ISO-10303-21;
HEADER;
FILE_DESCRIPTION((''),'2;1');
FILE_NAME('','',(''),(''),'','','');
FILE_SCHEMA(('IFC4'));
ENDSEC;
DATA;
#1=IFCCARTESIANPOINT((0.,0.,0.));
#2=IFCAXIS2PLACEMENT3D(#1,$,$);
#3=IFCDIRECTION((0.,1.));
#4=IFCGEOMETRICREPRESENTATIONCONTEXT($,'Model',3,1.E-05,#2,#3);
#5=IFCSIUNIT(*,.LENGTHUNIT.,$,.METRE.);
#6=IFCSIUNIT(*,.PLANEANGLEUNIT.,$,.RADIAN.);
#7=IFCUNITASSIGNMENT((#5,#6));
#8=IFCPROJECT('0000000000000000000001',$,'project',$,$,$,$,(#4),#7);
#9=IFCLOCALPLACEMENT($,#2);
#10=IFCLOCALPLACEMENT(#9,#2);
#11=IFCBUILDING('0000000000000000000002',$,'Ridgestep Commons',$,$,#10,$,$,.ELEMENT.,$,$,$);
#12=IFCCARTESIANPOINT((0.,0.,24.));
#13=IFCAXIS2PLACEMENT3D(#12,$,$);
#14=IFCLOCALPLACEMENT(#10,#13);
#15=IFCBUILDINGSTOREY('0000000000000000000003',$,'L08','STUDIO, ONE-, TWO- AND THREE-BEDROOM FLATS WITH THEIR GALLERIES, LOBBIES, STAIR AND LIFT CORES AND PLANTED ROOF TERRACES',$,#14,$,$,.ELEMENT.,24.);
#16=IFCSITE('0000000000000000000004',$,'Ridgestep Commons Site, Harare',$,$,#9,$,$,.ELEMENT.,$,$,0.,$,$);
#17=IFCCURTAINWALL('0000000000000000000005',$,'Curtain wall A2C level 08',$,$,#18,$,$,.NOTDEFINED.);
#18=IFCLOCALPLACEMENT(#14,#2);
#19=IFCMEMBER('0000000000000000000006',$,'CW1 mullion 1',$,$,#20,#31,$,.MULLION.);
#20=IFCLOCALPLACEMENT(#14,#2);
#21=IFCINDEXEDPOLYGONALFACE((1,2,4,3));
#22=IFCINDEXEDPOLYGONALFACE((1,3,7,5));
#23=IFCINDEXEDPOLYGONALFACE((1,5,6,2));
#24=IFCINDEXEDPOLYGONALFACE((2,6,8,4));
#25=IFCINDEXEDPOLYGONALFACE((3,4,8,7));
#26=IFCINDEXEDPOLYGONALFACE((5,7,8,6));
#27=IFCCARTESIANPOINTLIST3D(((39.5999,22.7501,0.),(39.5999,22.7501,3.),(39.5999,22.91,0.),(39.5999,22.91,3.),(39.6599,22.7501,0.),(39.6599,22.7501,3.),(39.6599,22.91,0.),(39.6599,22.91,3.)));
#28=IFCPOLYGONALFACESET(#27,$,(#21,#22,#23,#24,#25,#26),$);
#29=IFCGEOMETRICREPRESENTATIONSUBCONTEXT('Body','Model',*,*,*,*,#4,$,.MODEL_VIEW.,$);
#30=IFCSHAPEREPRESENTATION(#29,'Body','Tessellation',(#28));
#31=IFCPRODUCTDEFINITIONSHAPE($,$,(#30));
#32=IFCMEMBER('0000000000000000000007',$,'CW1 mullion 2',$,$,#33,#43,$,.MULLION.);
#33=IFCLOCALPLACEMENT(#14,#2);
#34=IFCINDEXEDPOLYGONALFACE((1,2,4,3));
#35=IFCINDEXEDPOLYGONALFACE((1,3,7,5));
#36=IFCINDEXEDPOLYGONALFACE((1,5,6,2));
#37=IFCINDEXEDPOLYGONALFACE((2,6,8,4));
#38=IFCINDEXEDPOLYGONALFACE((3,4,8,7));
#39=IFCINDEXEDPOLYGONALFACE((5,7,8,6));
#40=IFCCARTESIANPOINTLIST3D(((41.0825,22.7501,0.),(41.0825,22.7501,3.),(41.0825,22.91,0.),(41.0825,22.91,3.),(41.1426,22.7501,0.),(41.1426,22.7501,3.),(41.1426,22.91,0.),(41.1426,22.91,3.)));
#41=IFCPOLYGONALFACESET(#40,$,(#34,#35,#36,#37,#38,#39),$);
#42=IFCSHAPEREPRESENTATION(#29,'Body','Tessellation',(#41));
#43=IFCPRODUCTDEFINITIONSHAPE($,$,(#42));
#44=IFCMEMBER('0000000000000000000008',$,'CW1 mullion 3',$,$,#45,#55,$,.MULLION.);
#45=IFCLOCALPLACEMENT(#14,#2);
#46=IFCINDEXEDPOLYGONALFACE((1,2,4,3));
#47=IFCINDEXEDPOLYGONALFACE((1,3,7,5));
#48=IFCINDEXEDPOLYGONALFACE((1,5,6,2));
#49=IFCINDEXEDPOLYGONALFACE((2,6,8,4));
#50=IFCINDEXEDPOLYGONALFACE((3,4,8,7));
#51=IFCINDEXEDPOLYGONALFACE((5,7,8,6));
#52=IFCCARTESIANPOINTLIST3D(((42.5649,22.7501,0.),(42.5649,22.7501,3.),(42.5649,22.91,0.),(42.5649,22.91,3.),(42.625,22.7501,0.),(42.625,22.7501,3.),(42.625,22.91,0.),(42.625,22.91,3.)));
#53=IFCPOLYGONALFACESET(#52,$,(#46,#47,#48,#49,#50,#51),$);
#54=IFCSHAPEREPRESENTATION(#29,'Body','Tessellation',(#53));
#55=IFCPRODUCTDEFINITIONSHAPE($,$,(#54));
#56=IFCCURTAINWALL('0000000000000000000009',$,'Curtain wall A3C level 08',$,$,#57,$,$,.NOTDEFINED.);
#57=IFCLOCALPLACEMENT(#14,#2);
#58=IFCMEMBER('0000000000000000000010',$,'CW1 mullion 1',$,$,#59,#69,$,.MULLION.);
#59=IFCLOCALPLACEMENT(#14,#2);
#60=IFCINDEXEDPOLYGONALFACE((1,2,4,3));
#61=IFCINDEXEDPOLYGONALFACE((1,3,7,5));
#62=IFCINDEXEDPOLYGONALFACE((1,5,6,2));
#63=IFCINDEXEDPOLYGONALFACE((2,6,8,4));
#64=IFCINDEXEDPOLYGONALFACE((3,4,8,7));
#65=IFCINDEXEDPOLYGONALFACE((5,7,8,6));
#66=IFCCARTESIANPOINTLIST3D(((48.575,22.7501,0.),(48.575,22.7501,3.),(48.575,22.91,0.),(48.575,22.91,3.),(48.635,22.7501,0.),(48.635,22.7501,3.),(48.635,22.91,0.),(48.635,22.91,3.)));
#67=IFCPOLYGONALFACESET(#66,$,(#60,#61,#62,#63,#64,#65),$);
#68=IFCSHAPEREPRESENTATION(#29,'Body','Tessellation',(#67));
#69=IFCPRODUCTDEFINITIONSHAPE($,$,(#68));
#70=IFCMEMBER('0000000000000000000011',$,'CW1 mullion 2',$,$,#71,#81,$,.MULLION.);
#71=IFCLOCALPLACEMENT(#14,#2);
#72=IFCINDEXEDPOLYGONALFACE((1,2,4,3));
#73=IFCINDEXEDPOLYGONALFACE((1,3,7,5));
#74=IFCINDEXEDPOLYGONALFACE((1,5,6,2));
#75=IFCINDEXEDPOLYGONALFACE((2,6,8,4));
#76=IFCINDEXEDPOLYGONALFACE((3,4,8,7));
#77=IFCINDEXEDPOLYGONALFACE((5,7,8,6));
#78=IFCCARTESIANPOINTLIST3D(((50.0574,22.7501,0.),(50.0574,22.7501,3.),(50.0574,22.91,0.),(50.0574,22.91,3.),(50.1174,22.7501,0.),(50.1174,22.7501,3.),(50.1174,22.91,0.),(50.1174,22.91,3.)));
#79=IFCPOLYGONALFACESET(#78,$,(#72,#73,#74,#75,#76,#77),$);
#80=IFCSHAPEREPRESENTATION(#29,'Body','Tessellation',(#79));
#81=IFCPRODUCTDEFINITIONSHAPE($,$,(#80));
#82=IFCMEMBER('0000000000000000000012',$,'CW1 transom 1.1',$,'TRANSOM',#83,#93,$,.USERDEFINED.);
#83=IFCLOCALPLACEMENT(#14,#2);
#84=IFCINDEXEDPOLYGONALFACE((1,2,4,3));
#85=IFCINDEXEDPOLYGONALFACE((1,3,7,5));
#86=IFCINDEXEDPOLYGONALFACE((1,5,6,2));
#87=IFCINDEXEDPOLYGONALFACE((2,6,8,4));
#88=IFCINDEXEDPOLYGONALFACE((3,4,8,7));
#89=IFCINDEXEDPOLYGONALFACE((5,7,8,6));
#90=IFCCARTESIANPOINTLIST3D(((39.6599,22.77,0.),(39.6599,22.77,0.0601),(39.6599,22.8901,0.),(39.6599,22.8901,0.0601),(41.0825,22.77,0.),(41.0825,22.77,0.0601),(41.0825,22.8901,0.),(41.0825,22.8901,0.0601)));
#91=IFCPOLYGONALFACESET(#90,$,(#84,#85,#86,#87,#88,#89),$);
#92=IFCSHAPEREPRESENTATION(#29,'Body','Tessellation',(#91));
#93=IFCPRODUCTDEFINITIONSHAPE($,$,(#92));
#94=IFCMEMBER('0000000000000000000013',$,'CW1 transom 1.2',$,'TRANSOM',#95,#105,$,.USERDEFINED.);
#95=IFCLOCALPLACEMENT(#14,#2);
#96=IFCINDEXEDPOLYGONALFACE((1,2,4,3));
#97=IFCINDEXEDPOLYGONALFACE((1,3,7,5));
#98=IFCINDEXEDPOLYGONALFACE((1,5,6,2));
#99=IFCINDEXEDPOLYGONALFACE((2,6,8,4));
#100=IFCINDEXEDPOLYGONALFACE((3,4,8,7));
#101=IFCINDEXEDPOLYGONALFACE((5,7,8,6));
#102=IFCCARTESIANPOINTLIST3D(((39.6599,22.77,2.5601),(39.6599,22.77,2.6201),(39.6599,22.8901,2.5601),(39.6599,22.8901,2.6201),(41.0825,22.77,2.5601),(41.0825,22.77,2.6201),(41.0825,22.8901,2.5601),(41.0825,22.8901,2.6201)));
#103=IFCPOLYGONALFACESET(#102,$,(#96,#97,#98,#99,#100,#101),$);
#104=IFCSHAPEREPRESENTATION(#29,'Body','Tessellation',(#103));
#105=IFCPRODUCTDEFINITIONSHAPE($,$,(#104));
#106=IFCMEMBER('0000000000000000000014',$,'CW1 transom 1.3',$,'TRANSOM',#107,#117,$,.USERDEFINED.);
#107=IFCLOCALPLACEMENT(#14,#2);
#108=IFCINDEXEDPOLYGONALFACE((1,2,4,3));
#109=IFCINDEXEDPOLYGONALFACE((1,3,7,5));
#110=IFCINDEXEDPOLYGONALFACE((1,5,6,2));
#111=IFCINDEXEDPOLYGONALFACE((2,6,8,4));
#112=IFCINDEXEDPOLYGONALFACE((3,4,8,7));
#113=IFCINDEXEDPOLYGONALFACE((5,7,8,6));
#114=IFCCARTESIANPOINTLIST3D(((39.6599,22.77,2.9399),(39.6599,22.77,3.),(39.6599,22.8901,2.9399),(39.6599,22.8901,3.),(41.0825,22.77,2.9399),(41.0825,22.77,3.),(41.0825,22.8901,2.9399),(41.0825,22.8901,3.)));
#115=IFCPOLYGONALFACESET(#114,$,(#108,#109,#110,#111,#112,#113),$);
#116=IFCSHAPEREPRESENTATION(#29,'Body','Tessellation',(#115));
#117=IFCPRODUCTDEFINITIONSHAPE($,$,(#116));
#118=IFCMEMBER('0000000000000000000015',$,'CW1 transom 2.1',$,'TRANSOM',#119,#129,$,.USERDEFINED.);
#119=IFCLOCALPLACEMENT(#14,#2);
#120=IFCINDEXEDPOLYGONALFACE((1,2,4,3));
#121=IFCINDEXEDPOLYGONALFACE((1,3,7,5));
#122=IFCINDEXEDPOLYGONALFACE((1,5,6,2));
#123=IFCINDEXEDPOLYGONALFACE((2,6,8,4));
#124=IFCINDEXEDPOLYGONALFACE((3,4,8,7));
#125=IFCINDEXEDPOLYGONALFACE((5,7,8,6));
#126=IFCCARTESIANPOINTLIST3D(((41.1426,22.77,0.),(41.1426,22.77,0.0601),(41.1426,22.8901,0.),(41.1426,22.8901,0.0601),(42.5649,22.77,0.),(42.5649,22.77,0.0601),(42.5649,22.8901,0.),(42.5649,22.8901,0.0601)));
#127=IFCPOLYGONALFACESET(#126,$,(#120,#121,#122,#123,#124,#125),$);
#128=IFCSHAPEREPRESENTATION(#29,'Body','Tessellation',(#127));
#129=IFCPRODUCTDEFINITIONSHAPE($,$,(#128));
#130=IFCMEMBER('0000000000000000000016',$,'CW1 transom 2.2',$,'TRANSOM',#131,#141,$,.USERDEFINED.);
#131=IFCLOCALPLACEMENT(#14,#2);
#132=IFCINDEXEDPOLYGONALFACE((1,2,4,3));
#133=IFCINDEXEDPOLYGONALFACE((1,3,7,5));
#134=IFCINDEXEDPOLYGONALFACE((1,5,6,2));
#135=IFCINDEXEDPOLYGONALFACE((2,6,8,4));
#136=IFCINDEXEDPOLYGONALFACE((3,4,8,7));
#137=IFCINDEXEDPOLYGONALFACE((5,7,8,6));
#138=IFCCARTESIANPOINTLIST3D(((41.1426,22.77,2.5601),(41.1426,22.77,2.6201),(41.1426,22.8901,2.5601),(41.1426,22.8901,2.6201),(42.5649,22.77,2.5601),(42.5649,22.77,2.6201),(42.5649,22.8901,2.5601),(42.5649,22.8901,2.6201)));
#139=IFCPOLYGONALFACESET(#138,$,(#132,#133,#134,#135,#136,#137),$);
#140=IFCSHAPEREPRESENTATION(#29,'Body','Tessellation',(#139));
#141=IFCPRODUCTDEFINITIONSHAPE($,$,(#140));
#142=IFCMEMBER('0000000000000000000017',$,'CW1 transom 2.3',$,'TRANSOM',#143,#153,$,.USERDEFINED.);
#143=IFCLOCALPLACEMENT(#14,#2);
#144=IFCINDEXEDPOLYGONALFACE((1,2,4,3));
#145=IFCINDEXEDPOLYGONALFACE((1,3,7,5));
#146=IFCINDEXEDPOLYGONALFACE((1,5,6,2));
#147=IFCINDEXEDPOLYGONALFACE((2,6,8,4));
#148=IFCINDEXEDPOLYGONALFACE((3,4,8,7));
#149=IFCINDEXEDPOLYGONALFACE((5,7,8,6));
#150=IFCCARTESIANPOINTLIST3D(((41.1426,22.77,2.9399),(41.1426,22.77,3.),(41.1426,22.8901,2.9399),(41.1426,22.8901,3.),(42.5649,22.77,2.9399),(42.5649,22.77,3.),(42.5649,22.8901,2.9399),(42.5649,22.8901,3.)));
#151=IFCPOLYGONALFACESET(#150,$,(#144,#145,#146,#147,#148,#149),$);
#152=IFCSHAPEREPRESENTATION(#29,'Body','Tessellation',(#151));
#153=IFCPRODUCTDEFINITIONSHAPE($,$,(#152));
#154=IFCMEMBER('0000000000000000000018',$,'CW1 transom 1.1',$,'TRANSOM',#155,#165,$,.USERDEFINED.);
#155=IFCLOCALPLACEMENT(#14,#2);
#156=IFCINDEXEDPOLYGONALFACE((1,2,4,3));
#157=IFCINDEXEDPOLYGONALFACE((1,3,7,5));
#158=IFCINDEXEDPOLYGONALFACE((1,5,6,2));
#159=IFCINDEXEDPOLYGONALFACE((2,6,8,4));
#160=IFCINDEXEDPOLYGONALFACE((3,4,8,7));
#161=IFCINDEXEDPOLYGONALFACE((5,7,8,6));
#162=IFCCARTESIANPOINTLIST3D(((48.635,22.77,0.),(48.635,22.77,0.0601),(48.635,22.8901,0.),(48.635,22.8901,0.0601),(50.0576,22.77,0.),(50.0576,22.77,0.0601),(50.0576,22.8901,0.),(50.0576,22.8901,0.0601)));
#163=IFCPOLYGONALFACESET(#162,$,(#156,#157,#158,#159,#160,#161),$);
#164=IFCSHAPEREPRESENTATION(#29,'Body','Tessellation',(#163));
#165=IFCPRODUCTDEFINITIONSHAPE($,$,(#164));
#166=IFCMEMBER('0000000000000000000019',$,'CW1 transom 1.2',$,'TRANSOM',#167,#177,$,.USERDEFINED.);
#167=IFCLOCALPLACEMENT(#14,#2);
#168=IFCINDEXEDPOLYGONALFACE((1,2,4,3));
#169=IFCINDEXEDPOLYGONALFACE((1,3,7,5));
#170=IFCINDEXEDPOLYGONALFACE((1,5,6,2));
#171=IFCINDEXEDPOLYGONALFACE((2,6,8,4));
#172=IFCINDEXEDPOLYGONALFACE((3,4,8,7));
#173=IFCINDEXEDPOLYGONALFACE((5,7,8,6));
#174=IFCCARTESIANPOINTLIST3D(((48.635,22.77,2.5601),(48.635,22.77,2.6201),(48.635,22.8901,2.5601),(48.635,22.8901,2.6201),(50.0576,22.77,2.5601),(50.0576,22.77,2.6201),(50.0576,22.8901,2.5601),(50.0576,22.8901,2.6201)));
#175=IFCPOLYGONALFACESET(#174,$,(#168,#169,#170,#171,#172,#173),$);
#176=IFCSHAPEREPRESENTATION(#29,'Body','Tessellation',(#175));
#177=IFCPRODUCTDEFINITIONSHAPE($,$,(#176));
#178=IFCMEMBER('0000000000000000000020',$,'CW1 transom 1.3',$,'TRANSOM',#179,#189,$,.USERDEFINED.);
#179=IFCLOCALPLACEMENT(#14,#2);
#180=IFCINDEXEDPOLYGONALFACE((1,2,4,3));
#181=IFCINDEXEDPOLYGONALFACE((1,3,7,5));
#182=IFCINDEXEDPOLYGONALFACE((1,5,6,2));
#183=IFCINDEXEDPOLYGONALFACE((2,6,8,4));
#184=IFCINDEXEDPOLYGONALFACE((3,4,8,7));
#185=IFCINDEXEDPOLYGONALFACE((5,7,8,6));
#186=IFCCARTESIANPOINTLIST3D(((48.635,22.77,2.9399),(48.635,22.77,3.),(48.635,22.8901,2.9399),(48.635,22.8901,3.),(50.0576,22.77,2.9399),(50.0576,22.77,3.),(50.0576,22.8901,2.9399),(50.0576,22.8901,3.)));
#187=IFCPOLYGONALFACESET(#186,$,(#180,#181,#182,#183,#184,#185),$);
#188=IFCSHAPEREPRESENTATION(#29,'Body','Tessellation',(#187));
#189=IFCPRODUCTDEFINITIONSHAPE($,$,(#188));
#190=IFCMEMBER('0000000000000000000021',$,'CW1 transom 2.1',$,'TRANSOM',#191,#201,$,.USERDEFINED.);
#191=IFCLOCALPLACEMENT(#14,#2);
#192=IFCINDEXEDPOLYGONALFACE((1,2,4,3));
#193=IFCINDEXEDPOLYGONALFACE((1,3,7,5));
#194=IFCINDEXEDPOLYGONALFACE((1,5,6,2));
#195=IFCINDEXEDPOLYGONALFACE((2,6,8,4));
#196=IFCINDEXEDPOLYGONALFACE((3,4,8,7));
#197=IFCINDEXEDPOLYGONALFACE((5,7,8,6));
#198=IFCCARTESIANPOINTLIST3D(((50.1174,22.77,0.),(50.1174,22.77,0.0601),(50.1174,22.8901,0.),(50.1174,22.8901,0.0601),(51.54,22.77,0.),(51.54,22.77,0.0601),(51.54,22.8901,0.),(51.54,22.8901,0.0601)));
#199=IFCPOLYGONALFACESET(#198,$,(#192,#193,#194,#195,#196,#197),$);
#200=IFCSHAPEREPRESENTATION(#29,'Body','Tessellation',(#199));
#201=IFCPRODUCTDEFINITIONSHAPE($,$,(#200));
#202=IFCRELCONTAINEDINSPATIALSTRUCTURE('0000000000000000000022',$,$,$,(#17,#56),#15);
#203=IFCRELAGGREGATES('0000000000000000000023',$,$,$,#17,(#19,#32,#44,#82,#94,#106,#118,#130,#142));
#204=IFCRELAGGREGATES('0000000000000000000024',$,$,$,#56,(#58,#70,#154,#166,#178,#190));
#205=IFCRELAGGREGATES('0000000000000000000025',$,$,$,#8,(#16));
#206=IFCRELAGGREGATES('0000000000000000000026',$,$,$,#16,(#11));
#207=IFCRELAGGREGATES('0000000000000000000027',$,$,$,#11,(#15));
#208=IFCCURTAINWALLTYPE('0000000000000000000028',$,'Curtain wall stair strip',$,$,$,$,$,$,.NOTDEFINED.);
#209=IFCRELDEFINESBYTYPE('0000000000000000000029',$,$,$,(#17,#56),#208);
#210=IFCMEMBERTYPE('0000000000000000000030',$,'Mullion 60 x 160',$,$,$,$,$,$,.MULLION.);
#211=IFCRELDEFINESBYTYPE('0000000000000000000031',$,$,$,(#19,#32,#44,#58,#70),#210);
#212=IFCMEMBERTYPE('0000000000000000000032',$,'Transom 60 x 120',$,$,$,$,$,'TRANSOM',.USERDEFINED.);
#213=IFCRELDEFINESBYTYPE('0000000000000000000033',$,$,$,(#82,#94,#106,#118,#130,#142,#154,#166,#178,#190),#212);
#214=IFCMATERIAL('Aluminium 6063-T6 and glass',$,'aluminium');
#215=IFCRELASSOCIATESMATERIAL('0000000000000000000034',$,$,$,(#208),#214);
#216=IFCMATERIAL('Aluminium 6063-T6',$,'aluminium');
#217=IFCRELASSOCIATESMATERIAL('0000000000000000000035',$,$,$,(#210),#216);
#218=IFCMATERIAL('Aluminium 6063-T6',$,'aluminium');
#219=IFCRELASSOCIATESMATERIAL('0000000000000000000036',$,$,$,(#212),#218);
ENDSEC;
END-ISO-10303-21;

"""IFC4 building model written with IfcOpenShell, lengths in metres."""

from ifc_helpers import new_model, si_unit, direction, frame, origin, origin_2d, place, context, subcontext, project, spatial, rectangle, extrude, material, material_profile, profile_set, type_object, element, aggregate, save


model = new_model("IFC4")

# Units and contexts
model_context = context("Model", 3, precision=1e-05, world=origin(), true_north=direction((0.0, 1.0)))
body_context = subcontext(model_context, "Body", "Model", "MODEL_VIEW")
ifc_project = project(units=[si_unit("LENGTHUNIT", "METRE"), si_unit("PLANEANGLEUNIT", "RADIAN")], contexts=[model_context])

# Site, building, storey
site_placement = place(None, origin())
site = spatial("IfcSite", under=ifc_project, at=site_placement, Name="Ridgestep Commons Site, Harare", CompositionType="ELEMENT", RefElevation=0.0)
building_placement = place(site_placement, origin())
building = spatial("IfcBuilding", under=site, at=building_placement, Name="Ridgestep Commons", CompositionType="ELEMENT")
storey_placement = place(building_placement, frame((0.0, 0.0, 24.0)))
storey = spatial("IfcBuildingStorey", under=building, at=storey_placement, Name="L08", Description="STUDIO, ONE-, TWO- AND THREE-BEDROOM FLATS WITH THEIR GALLERIES, LOBBIES, STAIR AND LIFT CORES AND PLANTED ROOF TERRACES", CompositionType="ELEMENT", Elevation=24.0)

# Curtain walls, members
ifc_material_1 = material(Name="Aluminium 6063-T6 and glass", Category="aluminium")
curtain_wall_type = type_object("IfcCurtainWallType", Name="Curtain wall stair strip", PredefinedType="NOTDEFINED", material=ifc_material_1)
curtain_wall_1_placement = place(storey_placement, origin())
curtain_wall_1 = element("IfcCurtainWall", 1, at=curtain_wall_1_placement, inside=storey, type_object=curtain_wall_type, Name="Curtain wall A2C level 08", PredefinedType="NOTDEFINED")
ifc_material_2 = material(Name="Aluminium 6063-T6", Category="aluminium")
ifc_material_profile_1 = material_profile(ifc_material_2, rectangle(XDim=0.1599, YDim=0.0601, at=origin_2d()), Name="Mullion 60 x 160")
ifc_profile_set_1 = profile_set([ifc_material_profile_1], Name="Aluminium 6063-T6")
member_type_1 = type_object("IfcMemberType", Name="Mullion 60 x 160", PredefinedType="MULLION", material=ifc_profile_set_1)
member_1_placement = place(storey_placement, frame((39.6299, 22.8301, 0.0), z_axis=(0.0, 0.0, 1.0), x_axis=(0.0, 1.0, 0.0)))
member_1 = element("IfcMember", 2, at=member_1_placement, type_object=member_type_1, Name="CW1 mullion 1", PredefinedType="MULLION", context=body_context, shape_type="SweptSolid", body=[
    extrude(rectangle(XDim=0.1599, YDim=0.0601, at=origin_2d()), origin(), (0.0, 0.0, 1.0), 3.0),
])
member_2_placement = place(storey_placement, frame((41.1125, 22.8301, 0.0), z_axis=(0.0, 0.0, 1.0), x_axis=(0.0, 1.0, 0.0)))
member_2 = element("IfcMember", 3, at=member_2_placement, type_object=member_type_1, Name="CW1 mullion 2", PredefinedType="MULLION", context=body_context, shape_type="SweptSolid", body=[
    extrude(rectangle(XDim=0.1599, YDim=0.0601, at=origin_2d()), origin(), (0.0, 0.0, 1.0), 3.0),
])
member_3_placement = place(storey_placement, frame((42.595, 22.8301, 0.0), z_axis=(0.0, 0.0, 1.0), x_axis=(0.0, 1.0, 0.0)))
member_3 = element("IfcMember", 4, at=member_3_placement, type_object=member_type_1, Name="CW1 mullion 3", PredefinedType="MULLION", context=body_context, shape_type="SweptSolid", body=[
    extrude(rectangle(XDim=0.1599, YDim=0.0601, at=origin_2d()), origin(), (0.0, 0.0, 1.0), 3.0),
])
curtain_wall_2_placement = place(storey_placement, origin())
curtain_wall_2 = element("IfcCurtainWall", 5, at=curtain_wall_2_placement, inside=storey, type_object=curtain_wall_type, Name="Curtain wall A3C level 08", PredefinedType="NOTDEFINED")
member_4_placement = place(storey_placement, frame((48.605, 22.8301, 0.0), z_axis=(0.0, 0.0, 1.0), x_axis=(0.0, 1.0, 0.0)))
member_4 = element("IfcMember", 6, at=member_4_placement, type_object=member_type_1, Name="CW1 mullion 1", PredefinedType="MULLION", context=body_context, shape_type="SweptSolid", body=[
    extrude(rectangle(XDim=0.1599, YDim=0.0601, at=origin_2d()), origin(), (0.0, 0.0, 1.0), 3.0),
])
member_5_placement = place(storey_placement, frame((50.0874, 22.8301, 0.0), z_axis=(0.0, 0.0, 1.0), x_axis=(0.0, 1.0, 0.0)))
member_5 = element("IfcMember", 7, at=member_5_placement, type_object=member_type_1, Name="CW1 mullion 2", PredefinedType="MULLION", context=body_context, shape_type="SweptSolid", body=[
    extrude(rectangle(XDim=0.1599, YDim=0.0601, at=origin_2d()), origin(), (0.0, 0.0, 1.0), 3.0),
])

# Members
ifc_material_3 = material(Name="Aluminium 6063-T6", Category="aluminium")
ifc_material_profile_2 = material_profile(ifc_material_3, rectangle(XDim=0.1201, YDim=0.0601, at=origin_2d()), Name="Transom 60 x 120")
ifc_profile_set_2 = profile_set([ifc_material_profile_2], Name="Aluminium 6063-T6")
member_type_2 = type_object("IfcMemberType", Name="Transom 60 x 120", ElementType="TRANSOM", PredefinedType="USERDEFINED", material=ifc_profile_set_2)
member_6_placement = place(storey_placement, frame((39.6599, 22.8301, 0.03), z_axis=(1.0, 0.0, 0.0), x_axis=(0.0, 1.0, 0.0)))
member_6 = element("IfcMember", 8, at=member_6_placement, type_object=member_type_2, Name="CW1 transom 1.1", ObjectType="TRANSOM", PredefinedType="USERDEFINED", context=body_context, shape_type="SweptSolid", body=[
    extrude(rectangle(XDim=0.1201, YDim=0.0601, at=origin_2d()), origin(), (0.0, 0.0, 1.0), 1.4226),
])
member_7_placement = place(storey_placement, frame((39.6599, 22.8301, 2.5901), z_axis=(1.0, 0.0, 0.0), x_axis=(0.0, 1.0, 0.0)))
member_7 = element("IfcMember", 9, at=member_7_placement, type_object=member_type_2, Name="CW1 transom 1.2", ObjectType="TRANSOM", PredefinedType="USERDEFINED", context=body_context, shape_type="SweptSolid", body=[
    extrude(rectangle(XDim=0.1201, YDim=0.0601, at=origin_2d()), origin(), (0.0, 0.0, 1.0), 1.4226),
])
member_8_placement = place(storey_placement, frame((39.6599, 22.8301, 2.97), z_axis=(1.0, 0.0, 0.0), x_axis=(0.0, 1.0, 0.0)))
member_8 = element("IfcMember", 10, at=member_8_placement, type_object=member_type_2, Name="CW1 transom 1.3", ObjectType="TRANSOM", PredefinedType="USERDEFINED", context=body_context, shape_type="SweptSolid", body=[
    extrude(rectangle(XDim=0.1201, YDim=0.0601, at=origin_2d()), origin(), (0.0, 0.0, 1.0), 1.4226),
])
member_9_placement = place(storey_placement, frame((41.1426, 22.8301, 0.03), z_axis=(1.0, 0.0, 0.0), x_axis=(0.0, 1.0, 0.0)))
member_9 = element("IfcMember", 11, at=member_9_placement, type_object=member_type_2, Name="CW1 transom 2.1", ObjectType="TRANSOM", PredefinedType="USERDEFINED", context=body_context, shape_type="SweptSolid", body=[
    extrude(rectangle(XDim=0.1201, YDim=0.0601, at=origin_2d()), origin(), (0.0, 0.0, 1.0), 1.4224),
])
member_10_placement = place(storey_placement, frame((41.1426, 22.8301, 2.5901), z_axis=(1.0, 0.0, 0.0), x_axis=(0.0, 1.0, 0.0)))
member_10 = element("IfcMember", 12, at=member_10_placement, type_object=member_type_2, Name="CW1 transom 2.2", ObjectType="TRANSOM", PredefinedType="USERDEFINED", context=body_context, shape_type="SweptSolid", body=[
    extrude(rectangle(XDim=0.1201, YDim=0.0601, at=origin_2d()), origin(), (0.0, 0.0, 1.0), 1.4224),
])
member_11_placement = place(storey_placement, frame((41.1426, 22.8301, 2.97), z_axis=(1.0, 0.0, 0.0), x_axis=(0.0, 1.0, 0.0)))
member_11 = element("IfcMember", 13, at=member_11_placement, type_object=member_type_2, Name="CW1 transom 2.3", ObjectType="TRANSOM", PredefinedType="USERDEFINED", context=body_context, shape_type="SweptSolid", body=[
    extrude(rectangle(XDim=0.1201, YDim=0.0601, at=origin_2d()), origin(), (0.0, 0.0, 1.0), 1.4224),
])
member_12_placement = place(storey_placement, frame((48.635, 22.8301, 0.03), z_axis=(1.0, 0.0, 0.0), x_axis=(0.0, 1.0, 0.0)))
member_12 = element("IfcMember", 14, at=member_12_placement, type_object=member_type_2, Name="CW1 transom 1.1", ObjectType="TRANSOM", PredefinedType="USERDEFINED", context=body_context, shape_type="SweptSolid", body=[
    extrude(rectangle(XDim=0.1201, YDim=0.0601, at=origin_2d()), origin(), (0.0, 0.0, 1.0), 1.4226),
])
member_13_placement = place(storey_placement, frame((48.635, 22.8301, 2.5901), z_axis=(1.0, 0.0, 0.0), x_axis=(0.0, 1.0, 0.0)))
member_13 = element("IfcMember", 15, at=member_13_placement, type_object=member_type_2, Name="CW1 transom 1.2", ObjectType="TRANSOM", PredefinedType="USERDEFINED", context=body_context, shape_type="SweptSolid", body=[
    extrude(rectangle(XDim=0.1201, YDim=0.0601, at=origin_2d()), origin(), (0.0, 0.0, 1.0), 1.4226),
])
member_14_placement = place(storey_placement, frame((48.635, 22.8301, 2.97), z_axis=(1.0, 0.0, 0.0), x_axis=(0.0, 1.0, 0.0)))
member_14 = element("IfcMember", 16, at=member_14_placement, type_object=member_type_2, Name="CW1 transom 1.3", ObjectType="TRANSOM", PredefinedType="USERDEFINED", context=body_context, shape_type="SweptSolid", body=[
    extrude(rectangle(XDim=0.1201, YDim=0.0601, at=origin_2d()), origin(), (0.0, 0.0, 1.0), 1.4226),
])
member_15_placement = place(storey_placement, frame((50.1174, 22.8301, 0.03), z_axis=(1.0, 0.0, 0.0), x_axis=(0.0, 1.0, 0.0)))
member_15 = element("IfcMember", 17, at=member_15_placement, type_object=member_type_2, Name="CW1 transom 2.1", ObjectType="TRANSOM", PredefinedType="USERDEFINED", context=body_context, shape_type="SweptSolid", body=[
    extrude(rectangle(XDim=0.1201, YDim=0.0601, at=origin_2d()), origin(), (0.0, 0.0, 1.0), 1.4226),
])

aggregate(curtain_wall_1, [member_1, member_2, member_3, member_6, member_7, member_8, member_9, member_10, member_11])
aggregate(curtain_wall_2, [member_4, member_5, member_12, member_13, member_14, member_15])

save(model, "model.ifc")
